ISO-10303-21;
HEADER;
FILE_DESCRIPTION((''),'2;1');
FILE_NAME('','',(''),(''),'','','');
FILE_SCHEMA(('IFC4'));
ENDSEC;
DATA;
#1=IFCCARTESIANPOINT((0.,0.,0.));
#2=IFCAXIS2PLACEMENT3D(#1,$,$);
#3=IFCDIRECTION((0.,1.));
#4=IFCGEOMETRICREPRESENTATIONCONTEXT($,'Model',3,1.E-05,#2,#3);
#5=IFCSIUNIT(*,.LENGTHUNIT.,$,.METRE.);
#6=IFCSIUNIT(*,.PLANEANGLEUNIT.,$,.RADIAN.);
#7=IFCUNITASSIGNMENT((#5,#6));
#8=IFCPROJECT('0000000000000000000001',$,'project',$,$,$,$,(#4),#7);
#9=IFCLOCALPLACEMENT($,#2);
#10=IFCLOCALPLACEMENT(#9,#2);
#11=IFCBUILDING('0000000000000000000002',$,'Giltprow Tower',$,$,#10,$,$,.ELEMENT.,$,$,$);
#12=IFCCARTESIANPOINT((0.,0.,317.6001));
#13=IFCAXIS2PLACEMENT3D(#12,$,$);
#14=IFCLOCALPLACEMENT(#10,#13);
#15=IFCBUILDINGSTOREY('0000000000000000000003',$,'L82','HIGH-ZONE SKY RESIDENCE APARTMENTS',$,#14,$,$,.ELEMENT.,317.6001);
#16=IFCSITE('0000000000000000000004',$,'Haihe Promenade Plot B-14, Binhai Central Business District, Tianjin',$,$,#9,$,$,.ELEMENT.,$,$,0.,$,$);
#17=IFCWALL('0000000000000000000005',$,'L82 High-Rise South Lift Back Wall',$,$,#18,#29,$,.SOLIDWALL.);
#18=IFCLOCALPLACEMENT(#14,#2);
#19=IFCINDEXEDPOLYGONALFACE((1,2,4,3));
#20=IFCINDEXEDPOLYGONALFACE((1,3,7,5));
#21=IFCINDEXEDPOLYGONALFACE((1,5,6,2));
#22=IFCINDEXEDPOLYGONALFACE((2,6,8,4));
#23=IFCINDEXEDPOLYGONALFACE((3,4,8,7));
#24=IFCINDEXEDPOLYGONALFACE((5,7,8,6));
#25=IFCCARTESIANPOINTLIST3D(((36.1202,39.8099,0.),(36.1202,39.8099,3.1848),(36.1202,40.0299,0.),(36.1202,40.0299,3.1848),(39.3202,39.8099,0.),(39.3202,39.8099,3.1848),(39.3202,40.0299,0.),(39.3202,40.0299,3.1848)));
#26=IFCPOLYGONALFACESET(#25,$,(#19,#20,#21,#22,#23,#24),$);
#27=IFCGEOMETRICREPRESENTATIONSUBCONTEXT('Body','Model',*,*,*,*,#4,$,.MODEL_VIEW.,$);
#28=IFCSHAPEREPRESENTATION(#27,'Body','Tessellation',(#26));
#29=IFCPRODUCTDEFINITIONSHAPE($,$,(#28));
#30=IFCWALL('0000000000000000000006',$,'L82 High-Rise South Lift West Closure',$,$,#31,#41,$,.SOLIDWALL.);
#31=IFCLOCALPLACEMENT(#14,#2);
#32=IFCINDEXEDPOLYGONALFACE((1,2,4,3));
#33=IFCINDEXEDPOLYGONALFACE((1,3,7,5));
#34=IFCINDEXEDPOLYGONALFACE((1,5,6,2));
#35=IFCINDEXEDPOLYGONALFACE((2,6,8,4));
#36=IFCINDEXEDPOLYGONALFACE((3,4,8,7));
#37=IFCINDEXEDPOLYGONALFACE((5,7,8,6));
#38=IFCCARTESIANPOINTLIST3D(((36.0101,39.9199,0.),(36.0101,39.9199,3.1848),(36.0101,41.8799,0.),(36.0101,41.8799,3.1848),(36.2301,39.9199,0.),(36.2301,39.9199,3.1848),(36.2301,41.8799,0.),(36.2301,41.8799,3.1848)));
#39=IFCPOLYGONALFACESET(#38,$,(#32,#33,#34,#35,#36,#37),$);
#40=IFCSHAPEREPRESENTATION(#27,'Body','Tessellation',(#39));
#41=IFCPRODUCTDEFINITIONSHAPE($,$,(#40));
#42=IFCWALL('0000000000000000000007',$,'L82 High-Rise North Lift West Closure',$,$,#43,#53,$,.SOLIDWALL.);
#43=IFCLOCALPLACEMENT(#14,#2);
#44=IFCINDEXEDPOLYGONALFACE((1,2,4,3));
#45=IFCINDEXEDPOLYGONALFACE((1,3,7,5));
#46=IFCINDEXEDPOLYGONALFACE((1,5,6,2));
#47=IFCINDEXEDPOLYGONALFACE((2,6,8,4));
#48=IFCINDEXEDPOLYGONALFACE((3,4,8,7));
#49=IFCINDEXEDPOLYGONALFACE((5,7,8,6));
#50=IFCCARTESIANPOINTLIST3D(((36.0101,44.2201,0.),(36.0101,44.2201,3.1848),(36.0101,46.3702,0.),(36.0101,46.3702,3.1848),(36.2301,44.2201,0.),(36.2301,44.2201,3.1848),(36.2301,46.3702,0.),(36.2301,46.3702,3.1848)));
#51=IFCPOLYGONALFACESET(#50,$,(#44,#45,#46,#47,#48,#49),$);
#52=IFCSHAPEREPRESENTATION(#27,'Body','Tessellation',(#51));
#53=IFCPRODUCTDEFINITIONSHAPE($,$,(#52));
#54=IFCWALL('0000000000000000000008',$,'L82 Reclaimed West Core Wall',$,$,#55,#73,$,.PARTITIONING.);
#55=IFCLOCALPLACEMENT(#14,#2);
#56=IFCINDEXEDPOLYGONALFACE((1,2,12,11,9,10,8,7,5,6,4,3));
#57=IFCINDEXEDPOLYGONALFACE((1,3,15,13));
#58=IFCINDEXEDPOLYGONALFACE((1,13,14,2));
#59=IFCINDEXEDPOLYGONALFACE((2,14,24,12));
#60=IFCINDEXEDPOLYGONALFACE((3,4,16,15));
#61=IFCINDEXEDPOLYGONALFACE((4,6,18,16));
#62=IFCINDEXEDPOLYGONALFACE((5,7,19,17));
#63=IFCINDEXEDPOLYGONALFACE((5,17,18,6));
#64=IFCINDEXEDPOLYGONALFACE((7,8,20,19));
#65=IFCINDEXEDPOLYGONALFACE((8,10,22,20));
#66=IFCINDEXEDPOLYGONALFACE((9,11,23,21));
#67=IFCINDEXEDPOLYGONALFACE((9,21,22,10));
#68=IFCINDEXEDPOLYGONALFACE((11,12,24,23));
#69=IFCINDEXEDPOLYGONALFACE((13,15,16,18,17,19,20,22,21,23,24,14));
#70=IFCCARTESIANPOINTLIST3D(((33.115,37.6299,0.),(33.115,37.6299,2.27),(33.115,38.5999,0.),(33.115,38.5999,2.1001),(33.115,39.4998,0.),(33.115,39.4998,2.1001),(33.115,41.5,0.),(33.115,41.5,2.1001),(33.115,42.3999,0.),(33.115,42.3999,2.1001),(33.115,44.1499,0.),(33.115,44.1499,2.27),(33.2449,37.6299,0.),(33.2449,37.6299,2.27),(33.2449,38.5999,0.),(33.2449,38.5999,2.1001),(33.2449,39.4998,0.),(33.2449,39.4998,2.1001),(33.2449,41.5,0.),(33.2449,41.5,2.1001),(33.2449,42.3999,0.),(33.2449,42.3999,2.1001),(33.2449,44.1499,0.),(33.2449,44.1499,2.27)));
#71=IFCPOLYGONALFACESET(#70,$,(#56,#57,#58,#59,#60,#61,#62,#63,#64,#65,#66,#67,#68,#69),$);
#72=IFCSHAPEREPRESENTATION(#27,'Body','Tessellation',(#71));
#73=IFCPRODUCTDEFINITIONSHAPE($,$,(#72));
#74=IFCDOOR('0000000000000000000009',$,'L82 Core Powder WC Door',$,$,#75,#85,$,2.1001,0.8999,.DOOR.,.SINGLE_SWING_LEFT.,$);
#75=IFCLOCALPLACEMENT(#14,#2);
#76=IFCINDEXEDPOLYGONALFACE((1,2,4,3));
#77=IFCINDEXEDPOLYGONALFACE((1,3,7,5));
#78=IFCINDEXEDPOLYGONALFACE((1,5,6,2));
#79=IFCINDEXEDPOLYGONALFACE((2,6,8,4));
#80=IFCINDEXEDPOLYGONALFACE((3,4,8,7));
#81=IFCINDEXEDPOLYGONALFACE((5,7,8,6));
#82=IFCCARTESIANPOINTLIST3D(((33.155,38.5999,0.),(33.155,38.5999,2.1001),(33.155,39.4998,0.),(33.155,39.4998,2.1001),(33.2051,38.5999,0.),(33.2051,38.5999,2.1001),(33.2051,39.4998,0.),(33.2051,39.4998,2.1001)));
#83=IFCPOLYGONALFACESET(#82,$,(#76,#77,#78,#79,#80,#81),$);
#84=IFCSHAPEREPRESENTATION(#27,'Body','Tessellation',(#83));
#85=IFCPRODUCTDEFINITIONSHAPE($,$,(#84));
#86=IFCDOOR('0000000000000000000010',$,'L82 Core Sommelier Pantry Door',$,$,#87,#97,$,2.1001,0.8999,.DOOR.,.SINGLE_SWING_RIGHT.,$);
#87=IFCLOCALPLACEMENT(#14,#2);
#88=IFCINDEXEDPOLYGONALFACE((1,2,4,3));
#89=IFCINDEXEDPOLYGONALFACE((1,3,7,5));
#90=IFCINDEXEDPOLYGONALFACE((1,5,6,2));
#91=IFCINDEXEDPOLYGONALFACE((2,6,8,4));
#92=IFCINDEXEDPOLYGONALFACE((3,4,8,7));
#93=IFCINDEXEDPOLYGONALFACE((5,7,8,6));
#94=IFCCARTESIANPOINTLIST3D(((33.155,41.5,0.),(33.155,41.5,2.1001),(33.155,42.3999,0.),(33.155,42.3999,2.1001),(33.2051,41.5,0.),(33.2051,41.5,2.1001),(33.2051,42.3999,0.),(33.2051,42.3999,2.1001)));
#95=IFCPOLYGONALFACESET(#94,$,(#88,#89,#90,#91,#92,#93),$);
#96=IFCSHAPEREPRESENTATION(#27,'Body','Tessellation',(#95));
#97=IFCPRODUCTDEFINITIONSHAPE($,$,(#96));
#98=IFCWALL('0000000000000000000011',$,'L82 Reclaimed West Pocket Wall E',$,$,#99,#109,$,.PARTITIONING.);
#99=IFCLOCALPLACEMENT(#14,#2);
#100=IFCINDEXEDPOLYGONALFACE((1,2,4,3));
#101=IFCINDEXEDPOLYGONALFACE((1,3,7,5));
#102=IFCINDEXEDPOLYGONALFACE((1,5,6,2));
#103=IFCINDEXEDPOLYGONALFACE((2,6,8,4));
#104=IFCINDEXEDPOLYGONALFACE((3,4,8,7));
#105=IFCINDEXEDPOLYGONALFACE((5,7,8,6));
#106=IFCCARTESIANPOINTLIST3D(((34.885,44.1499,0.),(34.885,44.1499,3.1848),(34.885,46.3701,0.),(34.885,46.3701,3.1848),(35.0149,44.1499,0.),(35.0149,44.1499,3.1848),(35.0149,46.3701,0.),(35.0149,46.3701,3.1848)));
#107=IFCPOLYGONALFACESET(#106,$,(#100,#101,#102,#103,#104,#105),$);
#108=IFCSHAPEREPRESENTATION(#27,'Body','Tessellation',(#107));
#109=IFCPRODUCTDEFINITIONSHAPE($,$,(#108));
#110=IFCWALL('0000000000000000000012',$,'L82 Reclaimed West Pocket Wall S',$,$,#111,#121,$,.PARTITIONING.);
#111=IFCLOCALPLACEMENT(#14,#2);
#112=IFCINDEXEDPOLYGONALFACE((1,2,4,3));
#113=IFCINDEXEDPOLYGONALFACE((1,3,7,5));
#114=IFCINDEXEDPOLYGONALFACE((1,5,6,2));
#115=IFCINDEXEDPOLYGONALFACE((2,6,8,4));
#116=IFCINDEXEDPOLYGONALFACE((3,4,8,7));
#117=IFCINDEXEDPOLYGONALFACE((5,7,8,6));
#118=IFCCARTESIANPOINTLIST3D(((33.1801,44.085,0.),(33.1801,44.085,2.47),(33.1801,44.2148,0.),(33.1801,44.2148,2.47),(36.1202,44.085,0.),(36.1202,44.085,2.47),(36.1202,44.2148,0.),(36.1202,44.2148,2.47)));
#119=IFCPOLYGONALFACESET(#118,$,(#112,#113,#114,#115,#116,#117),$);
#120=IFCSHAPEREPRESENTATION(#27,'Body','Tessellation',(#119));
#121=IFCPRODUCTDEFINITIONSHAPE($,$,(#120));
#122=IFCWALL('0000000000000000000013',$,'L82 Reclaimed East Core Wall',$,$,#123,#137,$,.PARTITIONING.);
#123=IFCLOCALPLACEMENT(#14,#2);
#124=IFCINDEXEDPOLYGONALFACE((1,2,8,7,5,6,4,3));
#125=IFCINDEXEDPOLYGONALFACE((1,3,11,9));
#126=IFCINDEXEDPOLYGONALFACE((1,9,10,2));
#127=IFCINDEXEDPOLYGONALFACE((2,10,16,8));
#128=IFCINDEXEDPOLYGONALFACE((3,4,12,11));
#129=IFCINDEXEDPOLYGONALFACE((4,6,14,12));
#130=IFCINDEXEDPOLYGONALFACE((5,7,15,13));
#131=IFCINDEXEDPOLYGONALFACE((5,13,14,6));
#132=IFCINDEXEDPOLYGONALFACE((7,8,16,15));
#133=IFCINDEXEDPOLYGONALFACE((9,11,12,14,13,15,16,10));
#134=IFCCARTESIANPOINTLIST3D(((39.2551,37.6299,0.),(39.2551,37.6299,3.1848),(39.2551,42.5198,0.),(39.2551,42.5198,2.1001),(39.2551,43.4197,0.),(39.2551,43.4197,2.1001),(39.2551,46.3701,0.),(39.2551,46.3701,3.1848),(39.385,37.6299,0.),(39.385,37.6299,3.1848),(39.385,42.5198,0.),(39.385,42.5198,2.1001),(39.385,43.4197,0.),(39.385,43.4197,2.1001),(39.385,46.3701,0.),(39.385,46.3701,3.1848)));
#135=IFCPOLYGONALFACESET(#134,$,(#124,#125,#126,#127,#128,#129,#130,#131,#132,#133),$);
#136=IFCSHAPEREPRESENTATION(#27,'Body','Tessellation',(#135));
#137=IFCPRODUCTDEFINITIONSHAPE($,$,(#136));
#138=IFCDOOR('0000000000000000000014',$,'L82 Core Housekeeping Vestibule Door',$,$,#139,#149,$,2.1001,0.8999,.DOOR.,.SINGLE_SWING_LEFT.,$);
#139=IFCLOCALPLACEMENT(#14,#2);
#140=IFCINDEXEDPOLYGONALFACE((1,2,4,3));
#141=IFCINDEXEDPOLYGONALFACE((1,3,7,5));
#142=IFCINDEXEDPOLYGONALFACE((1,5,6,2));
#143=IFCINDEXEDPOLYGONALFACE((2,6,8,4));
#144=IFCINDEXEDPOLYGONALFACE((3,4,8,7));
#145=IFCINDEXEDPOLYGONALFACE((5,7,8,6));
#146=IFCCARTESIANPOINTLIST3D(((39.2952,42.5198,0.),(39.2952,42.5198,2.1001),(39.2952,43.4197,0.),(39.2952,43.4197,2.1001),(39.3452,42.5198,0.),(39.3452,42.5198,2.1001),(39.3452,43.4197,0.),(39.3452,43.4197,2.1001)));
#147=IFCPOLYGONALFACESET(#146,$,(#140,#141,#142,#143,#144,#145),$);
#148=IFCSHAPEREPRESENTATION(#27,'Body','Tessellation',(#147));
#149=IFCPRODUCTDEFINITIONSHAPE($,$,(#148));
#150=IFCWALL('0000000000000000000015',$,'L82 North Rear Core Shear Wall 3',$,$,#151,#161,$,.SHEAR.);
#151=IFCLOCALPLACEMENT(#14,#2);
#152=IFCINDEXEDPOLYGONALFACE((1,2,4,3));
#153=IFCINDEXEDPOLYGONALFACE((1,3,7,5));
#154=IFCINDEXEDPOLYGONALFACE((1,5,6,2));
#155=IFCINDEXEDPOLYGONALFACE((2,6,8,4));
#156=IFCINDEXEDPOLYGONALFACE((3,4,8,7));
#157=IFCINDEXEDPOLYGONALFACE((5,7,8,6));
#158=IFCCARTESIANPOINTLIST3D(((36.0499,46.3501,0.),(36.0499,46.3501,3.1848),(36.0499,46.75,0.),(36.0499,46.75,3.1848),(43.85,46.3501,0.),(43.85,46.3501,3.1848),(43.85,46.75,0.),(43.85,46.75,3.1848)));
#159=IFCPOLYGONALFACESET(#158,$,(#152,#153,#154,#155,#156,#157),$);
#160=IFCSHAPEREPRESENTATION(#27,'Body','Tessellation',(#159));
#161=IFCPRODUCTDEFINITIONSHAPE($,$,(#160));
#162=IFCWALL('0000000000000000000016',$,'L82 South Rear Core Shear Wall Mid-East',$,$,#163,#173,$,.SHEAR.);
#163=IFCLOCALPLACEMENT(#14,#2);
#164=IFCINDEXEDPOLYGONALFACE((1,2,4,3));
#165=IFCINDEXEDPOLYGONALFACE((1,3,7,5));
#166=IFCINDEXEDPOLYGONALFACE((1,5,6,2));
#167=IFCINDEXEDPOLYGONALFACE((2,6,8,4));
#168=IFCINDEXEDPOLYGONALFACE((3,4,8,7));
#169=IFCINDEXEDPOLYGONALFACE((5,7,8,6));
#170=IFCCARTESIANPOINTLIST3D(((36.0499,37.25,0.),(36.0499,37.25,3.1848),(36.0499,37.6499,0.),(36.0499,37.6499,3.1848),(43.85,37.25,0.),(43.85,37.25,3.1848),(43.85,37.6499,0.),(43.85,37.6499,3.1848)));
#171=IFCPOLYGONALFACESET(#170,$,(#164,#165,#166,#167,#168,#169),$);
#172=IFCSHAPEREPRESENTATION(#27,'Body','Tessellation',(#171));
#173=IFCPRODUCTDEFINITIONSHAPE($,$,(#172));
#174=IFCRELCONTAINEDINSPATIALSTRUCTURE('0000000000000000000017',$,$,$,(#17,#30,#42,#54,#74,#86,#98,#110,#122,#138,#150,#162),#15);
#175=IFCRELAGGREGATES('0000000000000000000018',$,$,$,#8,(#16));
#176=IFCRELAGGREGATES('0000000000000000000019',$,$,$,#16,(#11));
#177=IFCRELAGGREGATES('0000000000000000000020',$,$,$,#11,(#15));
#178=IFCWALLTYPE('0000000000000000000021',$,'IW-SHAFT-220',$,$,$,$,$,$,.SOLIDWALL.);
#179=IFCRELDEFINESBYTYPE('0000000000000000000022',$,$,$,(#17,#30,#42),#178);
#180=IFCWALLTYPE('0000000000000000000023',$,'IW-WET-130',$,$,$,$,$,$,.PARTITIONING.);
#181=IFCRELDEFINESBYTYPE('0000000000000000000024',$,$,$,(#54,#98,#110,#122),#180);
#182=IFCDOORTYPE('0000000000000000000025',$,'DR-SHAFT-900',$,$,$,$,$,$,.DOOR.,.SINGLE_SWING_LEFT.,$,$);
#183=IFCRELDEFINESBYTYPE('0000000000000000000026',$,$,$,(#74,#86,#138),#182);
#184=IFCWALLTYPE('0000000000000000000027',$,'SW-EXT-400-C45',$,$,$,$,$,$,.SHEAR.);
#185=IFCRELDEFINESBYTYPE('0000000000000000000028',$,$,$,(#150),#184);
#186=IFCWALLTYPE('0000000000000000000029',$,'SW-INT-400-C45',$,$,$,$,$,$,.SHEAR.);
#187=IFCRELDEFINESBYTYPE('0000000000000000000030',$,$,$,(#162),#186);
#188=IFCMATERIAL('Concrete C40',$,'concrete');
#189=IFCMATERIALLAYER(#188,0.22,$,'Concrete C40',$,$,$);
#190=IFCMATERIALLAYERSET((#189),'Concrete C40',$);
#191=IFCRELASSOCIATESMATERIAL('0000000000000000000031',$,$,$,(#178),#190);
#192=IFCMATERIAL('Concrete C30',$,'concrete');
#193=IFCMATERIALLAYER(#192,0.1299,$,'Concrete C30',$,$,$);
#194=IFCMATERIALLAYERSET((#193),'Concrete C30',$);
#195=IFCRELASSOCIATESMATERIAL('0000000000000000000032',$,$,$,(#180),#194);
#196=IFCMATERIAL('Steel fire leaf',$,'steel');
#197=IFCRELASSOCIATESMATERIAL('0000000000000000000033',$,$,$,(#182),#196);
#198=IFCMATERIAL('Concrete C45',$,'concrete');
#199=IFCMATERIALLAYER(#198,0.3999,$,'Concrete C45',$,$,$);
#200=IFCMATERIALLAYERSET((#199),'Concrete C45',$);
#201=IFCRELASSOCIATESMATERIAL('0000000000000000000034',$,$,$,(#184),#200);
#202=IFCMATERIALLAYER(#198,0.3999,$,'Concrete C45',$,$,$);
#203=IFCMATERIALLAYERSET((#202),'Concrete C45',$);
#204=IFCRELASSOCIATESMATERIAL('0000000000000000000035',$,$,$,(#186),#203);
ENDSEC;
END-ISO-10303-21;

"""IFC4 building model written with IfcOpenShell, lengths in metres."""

from ifc_helpers import new_model, si_unit, direction, frame, frame_2d, origin, place, context, subcontext, project, spatial, rectangle, extrude, source, transform, mapped, material, layer, layer_set, type_object, element, fill, save


model = new_model("IFC4")

# Units and contexts
model_context = context("Model", 3, precision=1e-05, world=origin(), true_north=direction((0.0, 1.0)))
body_context = subcontext(model_context, "Body", "Model", "MODEL_VIEW")
ifc_project = project(units=[si_unit("LENGTHUNIT", "METRE"), si_unit("PLANEANGLEUNIT", "RADIAN")], contexts=[model_context])

# Site, building, storey
site_placement = place(None, origin())
site = spatial("IfcSite", under=ifc_project, at=site_placement, Name="Haihe Promenade Plot B-14, Binhai Central Business District, Tianjin", CompositionType="ELEMENT", RefElevation=0.0)
building_placement = place(site_placement, origin())
building = spatial("IfcBuilding", under=site, at=building_placement, Name="Giltprow Tower", CompositionType="ELEMENT")
storey_placement = place(building_placement, frame((0.0, 0.0, 317.6001)))
storey = spatial("IfcBuildingStorey", under=building, at=storey_placement, Name="L82", Description="HIGH-ZONE SKY RESIDENCE APARTMENTS", CompositionType="ELEMENT", Elevation=317.6001)

# Shared definitions
ifc_material_1 = material(Name="Concrete C45", Category="concrete")

# Shared definitions
ifc_material_2 = material(Name="Concrete C40", Category="concrete")
ifc_layer_1 = layer(ifc_material_2, 0.22, Name="Concrete C40")
ifc_layer_set_1 = layer_set([ifc_layer_1], Name="Concrete C40")
wall_type_1 = type_object("IfcWallType", Name="IW-SHAFT-220", PredefinedType="SOLIDWALL", material=ifc_layer_set_1)

# Walls
wall_1_placement = place(storey_placement, frame((36.1201, 39.9199, 0.0), z_axis=(0.0, 0.0, 1.0), x_axis=(1.0, 0.0, 0.0)))
element("IfcWall", 1, at=wall_1_placement, inside=storey, type_object=wall_type_1, Name="L82 High-Rise South Lift Back Wall", PredefinedType="SOLIDWALL", context=body_context, shape_type="SweptSolid", body=[
    extrude(rectangle(XDim=3.2, YDim=0.22, at=frame_2d((1.6001, 0.0))), origin(), (0.0, 0.0, 1.0), 3.1848),
])
wall_2_placement = place(storey_placement, frame((36.1201, 39.9199, 0.0), z_axis=(0.0, 0.0, 1.0), x_axis=(0.0, 1.0, 0.0)))
element("IfcWall", 2, at=wall_2_placement, inside=storey, type_object=wall_type_1, Name="L82 High-Rise South Lift West Closure", PredefinedType="SOLIDWALL", context=body_context, shape_type="SweptSolid", body=[
    extrude(rectangle(XDim=1.96, YDim=0.22, at=frame_2d((0.98, 0.0))), origin(), (0.0, 0.0, 1.0), 3.1848),
])
wall_3_placement = place(storey_placement, frame((36.1201, 44.22, 0.0), z_axis=(0.0, 0.0, 1.0), x_axis=(0.0, 1.0, 0.0)))
element("IfcWall", 3, at=wall_3_placement, inside=storey, type_object=wall_type_1, Name="L82 High-Rise North Lift West Closure", PredefinedType="SOLIDWALL", context=body_context, shape_type="SweptSolid", body=[
    extrude(rectangle(XDim=2.1501, YDim=0.22, at=frame_2d((1.0752, 0.0))), origin(), (0.0, 0.0, 1.0), 3.1848),
])

# Wall, openings, doors
ifc_material_3 = material(Name="Concrete C30", Category="concrete")
ifc_layer_2 = layer(ifc_material_3, 0.1299, Name="Concrete C30")
ifc_layer_set_2 = layer_set([ifc_layer_2], Name="Concrete C30")
wall_type_2 = type_object("IfcWallType", Name="IW-WET-130", PredefinedType="PARTITIONING", material=ifc_layer_set_2)
wall_4_placement = place(storey_placement, frame((33.1799, 37.6299, 0.0), z_axis=(0.0, 0.0, 1.0), x_axis=(0.0, 1.0, 0.0)))
wall_4 = element("IfcWall", 4, at=wall_4_placement, inside=storey, type_object=wall_type_2, Name="L82 Reclaimed West Core Wall", PredefinedType="PARTITIONING", context=body_context, shape_type="SweptSolid", body=[
    extrude(rectangle(XDim=6.52, YDim=0.1299, at=frame_2d((3.26, 0.0))), origin(), (0.0, 0.0, 1.0), 2.27),
])
opening_1_placement = place(wall_4_placement, frame((0.97, 0.0, 0.0)))
opening_1 = element("IfcOpeningElement", 5, at=opening_1_placement, cuts=wall_4, PredefinedType="OPENING", context=body_context, shape_type="SweptSolid", body=[
    extrude(rectangle(XDim=0.8999, YDim=2.1001, at=frame_2d((0.45, 1.05))), frame((0.0, 0.075, 0.0), z_axis=(0.0, -1.0, 0.0), x_axis=(1.0, 0.0, 0.0)), (0.0, 0.0, 1.0), 0.1499),
])
opening_2_placement = place(wall_4_placement, frame((3.8701, 0.0, 0.0)))
opening_2 = element("IfcOpeningElement", 6, at=opening_2_placement, cuts=wall_4, PredefinedType="OPENING", context=body_context, shape_type="SweptSolid", body=[
    extrude(rectangle(XDim=0.8999, YDim=2.1001, at=frame_2d((0.45, 1.05))), frame((0.0, 0.075, 0.0), z_axis=(0.0, -1.0, 0.0), x_axis=(1.0, 0.0, 0.0)), (0.0, 0.0, 1.0), 0.1499),
])
ifc_material_4 = material(Name="Steel fire leaf", Category="steel")
door_type_1 = type_object("IfcDoorType", Name="DR-SHAFT-900", OperationType="SINGLE_SWING_LEFT", PredefinedType="DOOR", material=ifc_material_4)
shared_shape_1 = source(origin(), body_context, "Body", "SweptSolid", [
    extrude(rectangle(XDim=0.8999, YDim=2.1001, at=frame_2d((0.45, 1.05))), frame((0.0, 0.0249, 0.0), z_axis=(0.0, -1.0, 0.0), x_axis=(1.0, 0.0, 0.0)), (0.0, 0.0, 1.0), 0.05),
])
door_1_placement = place(opening_1_placement, origin())
door_1 = element("IfcDoor", 7, at=door_1_placement, inside=storey, type_object=door_type_1, Name="L82 Core Powder WC Door", OperationType="SINGLE_SWING_LEFT", OverallHeight=2.1001, OverallWidth=0.8999, PredefinedType="DOOR", context=body_context, shape_type="MappedRepresentation", body=[
    mapped(shared_shape_1, transform((0.0, 0.0, 0.0), x_axis=(1.0, 0.0, 0.0), y_axis=(0.0, 1.0, 0.0), z_axis=(0.0, 0.0, 1.0), scale=1.0)),
])
fill(opening_1, door_1)
door_2_placement = place(opening_2_placement, origin())
door_2 = element("IfcDoor", 8, at=door_2_placement, inside=storey, type_object=door_type_1, Name="L82 Core Sommelier Pantry Door", OperationType="SINGLE_SWING_RIGHT", OverallHeight=2.1001, OverallWidth=0.8999, PredefinedType="DOOR", context=body_context, shape_type="MappedRepresentation", body=[
    mapped(shared_shape_1, transform((0.0, 0.0, 0.0), x_axis=(1.0, 0.0, 0.0), y_axis=(0.0, 1.0, 0.0), z_axis=(0.0, 0.0, 1.0), scale=1.0)),
])
fill(opening_2, door_2)

# Walls
wall_5_placement = place(storey_placement, frame((34.95, 44.1499, 0.0), z_axis=(0.0, 0.0, 1.0), x_axis=(0.0, 1.0, 0.0)))
element("IfcWall", 9, at=wall_5_placement, inside=storey, type_object=wall_type_2, Name="L82 Reclaimed West Pocket Wall E", PredefinedType="PARTITIONING", context=body_context, shape_type="SweptSolid", body=[
    extrude(rectangle(XDim=2.2202, YDim=0.1299, at=frame_2d((1.1101, 0.0))), origin(), (0.0, 0.0, 1.0), 3.1848),
])
wall_6_placement = place(storey_placement, frame((33.1799, 44.1499, 0.0), z_axis=(0.0, 0.0, 1.0), x_axis=(1.0, 0.0, 0.0)))
element("IfcWall", 10, at=wall_6_placement, inside=storey, type_object=wall_type_2, Name="L82 Reclaimed West Pocket Wall S", PredefinedType="PARTITIONING", context=body_context, shape_type="SweptSolid", body=[
    extrude(rectangle(XDim=2.9402, YDim=0.1299, at=frame_2d((1.4702, 0.0))), origin(), (0.0, 0.0, 1.0), 2.47),
])

# Wall, opening, door
wall_7_placement = place(storey_placement, frame((39.3201, 37.6299, 0.0), z_axis=(0.0, 0.0, 1.0), x_axis=(0.0, 1.0, 0.0)))
wall_7 = element("IfcWall", 11, at=wall_7_placement, inside=storey, type_object=wall_type_2, Name="L82 Reclaimed East Core Wall", PredefinedType="PARTITIONING", context=body_context, shape_type="SweptSolid", body=[
    extrude(rectangle(XDim=8.7402, YDim=0.1299, at=frame_2d((4.3701, 0.0))), origin(), (0.0, 0.0, 1.0), 3.1848),
])
opening_3_placement = place(wall_7_placement, frame((4.8899, 0.0, 0.0)))
opening_3 = element("IfcOpeningElement", 12, at=opening_3_placement, cuts=wall_7, PredefinedType="OPENING", context=body_context, shape_type="SweptSolid", body=[
    extrude(rectangle(XDim=0.8999, YDim=2.1001, at=frame_2d((0.45, 1.05))), frame((0.0, 0.075, 0.0), z_axis=(0.0, -1.0, 0.0), x_axis=(1.0, 0.0, 0.0)), (0.0, 0.0, 1.0), 0.1499),
])
door_3_placement = place(opening_3_placement, origin())
door_3 = element("IfcDoor", 13, at=door_3_placement, inside=storey, type_object=door_type_1, Name="L82 Core Housekeeping Vestibule Door", OperationType="SINGLE_SWING_LEFT", OverallHeight=2.1001, OverallWidth=0.8999, PredefinedType="DOOR", context=body_context, shape_type="MappedRepresentation", body=[
    mapped(shared_shape_1, transform((0.0, 0.0, 0.0), x_axis=(1.0, 0.0, 0.0), y_axis=(0.0, 1.0, 0.0), z_axis=(0.0, 0.0, 1.0), scale=1.0)),
])
fill(opening_3, door_3)

# Walls
ifc_layer_3 = layer(ifc_material_1, 0.3999, Name="Concrete C45")
ifc_layer_set_3 = layer_set([ifc_layer_3], Name="Concrete C45")
wall_type_3 = type_object("IfcWallType", Name="SW-EXT-400-C45", PredefinedType="SHEAR", material=ifc_layer_set_3)
wall_8_placement = place(storey_placement, frame((36.05, 46.55, 0.0), z_axis=(0.0, 0.0, 1.0), x_axis=(1.0, 0.0, 0.0)))
element("IfcWall", 14, at=wall_8_placement, inside=storey, type_object=wall_type_3, Name="L82 North Rear Core Shear Wall 3", PredefinedType="SHEAR", context=body_context, shape_type="SweptSolid", body=[
    extrude(rectangle(XDim=7.8, YDim=0.3999, at=frame_2d((3.8999, 0.0))), origin(), (0.0, 0.0, 1.0), 3.1848),
])
ifc_layer_4 = layer(ifc_material_1, 0.3999, Name="Concrete C45")
ifc_layer_set_4 = layer_set([ifc_layer_4], Name="Concrete C45")
wall_type_4 = type_object("IfcWallType", Name="SW-INT-400-C45", PredefinedType="SHEAR", material=ifc_layer_set_4)
wall_9_placement = place(storey_placement, frame((36.05, 37.45, 0.0), z_axis=(0.0, 0.0, 1.0), x_axis=(1.0, 0.0, 0.0)))
element("IfcWall", 15, at=wall_9_placement, inside=storey, type_object=wall_type_4, Name="L82 South Rear Core Shear Wall Mid-East", PredefinedType="SHEAR", context=body_context, shape_type="SweptSolid", body=[
    extrude(rectangle(XDim=7.8, YDim=0.3999, at=frame_2d((3.8999, 0.0))), origin(), (0.0, 0.0, 1.0), 3.1848),
])

save(model, "model.ifc")
